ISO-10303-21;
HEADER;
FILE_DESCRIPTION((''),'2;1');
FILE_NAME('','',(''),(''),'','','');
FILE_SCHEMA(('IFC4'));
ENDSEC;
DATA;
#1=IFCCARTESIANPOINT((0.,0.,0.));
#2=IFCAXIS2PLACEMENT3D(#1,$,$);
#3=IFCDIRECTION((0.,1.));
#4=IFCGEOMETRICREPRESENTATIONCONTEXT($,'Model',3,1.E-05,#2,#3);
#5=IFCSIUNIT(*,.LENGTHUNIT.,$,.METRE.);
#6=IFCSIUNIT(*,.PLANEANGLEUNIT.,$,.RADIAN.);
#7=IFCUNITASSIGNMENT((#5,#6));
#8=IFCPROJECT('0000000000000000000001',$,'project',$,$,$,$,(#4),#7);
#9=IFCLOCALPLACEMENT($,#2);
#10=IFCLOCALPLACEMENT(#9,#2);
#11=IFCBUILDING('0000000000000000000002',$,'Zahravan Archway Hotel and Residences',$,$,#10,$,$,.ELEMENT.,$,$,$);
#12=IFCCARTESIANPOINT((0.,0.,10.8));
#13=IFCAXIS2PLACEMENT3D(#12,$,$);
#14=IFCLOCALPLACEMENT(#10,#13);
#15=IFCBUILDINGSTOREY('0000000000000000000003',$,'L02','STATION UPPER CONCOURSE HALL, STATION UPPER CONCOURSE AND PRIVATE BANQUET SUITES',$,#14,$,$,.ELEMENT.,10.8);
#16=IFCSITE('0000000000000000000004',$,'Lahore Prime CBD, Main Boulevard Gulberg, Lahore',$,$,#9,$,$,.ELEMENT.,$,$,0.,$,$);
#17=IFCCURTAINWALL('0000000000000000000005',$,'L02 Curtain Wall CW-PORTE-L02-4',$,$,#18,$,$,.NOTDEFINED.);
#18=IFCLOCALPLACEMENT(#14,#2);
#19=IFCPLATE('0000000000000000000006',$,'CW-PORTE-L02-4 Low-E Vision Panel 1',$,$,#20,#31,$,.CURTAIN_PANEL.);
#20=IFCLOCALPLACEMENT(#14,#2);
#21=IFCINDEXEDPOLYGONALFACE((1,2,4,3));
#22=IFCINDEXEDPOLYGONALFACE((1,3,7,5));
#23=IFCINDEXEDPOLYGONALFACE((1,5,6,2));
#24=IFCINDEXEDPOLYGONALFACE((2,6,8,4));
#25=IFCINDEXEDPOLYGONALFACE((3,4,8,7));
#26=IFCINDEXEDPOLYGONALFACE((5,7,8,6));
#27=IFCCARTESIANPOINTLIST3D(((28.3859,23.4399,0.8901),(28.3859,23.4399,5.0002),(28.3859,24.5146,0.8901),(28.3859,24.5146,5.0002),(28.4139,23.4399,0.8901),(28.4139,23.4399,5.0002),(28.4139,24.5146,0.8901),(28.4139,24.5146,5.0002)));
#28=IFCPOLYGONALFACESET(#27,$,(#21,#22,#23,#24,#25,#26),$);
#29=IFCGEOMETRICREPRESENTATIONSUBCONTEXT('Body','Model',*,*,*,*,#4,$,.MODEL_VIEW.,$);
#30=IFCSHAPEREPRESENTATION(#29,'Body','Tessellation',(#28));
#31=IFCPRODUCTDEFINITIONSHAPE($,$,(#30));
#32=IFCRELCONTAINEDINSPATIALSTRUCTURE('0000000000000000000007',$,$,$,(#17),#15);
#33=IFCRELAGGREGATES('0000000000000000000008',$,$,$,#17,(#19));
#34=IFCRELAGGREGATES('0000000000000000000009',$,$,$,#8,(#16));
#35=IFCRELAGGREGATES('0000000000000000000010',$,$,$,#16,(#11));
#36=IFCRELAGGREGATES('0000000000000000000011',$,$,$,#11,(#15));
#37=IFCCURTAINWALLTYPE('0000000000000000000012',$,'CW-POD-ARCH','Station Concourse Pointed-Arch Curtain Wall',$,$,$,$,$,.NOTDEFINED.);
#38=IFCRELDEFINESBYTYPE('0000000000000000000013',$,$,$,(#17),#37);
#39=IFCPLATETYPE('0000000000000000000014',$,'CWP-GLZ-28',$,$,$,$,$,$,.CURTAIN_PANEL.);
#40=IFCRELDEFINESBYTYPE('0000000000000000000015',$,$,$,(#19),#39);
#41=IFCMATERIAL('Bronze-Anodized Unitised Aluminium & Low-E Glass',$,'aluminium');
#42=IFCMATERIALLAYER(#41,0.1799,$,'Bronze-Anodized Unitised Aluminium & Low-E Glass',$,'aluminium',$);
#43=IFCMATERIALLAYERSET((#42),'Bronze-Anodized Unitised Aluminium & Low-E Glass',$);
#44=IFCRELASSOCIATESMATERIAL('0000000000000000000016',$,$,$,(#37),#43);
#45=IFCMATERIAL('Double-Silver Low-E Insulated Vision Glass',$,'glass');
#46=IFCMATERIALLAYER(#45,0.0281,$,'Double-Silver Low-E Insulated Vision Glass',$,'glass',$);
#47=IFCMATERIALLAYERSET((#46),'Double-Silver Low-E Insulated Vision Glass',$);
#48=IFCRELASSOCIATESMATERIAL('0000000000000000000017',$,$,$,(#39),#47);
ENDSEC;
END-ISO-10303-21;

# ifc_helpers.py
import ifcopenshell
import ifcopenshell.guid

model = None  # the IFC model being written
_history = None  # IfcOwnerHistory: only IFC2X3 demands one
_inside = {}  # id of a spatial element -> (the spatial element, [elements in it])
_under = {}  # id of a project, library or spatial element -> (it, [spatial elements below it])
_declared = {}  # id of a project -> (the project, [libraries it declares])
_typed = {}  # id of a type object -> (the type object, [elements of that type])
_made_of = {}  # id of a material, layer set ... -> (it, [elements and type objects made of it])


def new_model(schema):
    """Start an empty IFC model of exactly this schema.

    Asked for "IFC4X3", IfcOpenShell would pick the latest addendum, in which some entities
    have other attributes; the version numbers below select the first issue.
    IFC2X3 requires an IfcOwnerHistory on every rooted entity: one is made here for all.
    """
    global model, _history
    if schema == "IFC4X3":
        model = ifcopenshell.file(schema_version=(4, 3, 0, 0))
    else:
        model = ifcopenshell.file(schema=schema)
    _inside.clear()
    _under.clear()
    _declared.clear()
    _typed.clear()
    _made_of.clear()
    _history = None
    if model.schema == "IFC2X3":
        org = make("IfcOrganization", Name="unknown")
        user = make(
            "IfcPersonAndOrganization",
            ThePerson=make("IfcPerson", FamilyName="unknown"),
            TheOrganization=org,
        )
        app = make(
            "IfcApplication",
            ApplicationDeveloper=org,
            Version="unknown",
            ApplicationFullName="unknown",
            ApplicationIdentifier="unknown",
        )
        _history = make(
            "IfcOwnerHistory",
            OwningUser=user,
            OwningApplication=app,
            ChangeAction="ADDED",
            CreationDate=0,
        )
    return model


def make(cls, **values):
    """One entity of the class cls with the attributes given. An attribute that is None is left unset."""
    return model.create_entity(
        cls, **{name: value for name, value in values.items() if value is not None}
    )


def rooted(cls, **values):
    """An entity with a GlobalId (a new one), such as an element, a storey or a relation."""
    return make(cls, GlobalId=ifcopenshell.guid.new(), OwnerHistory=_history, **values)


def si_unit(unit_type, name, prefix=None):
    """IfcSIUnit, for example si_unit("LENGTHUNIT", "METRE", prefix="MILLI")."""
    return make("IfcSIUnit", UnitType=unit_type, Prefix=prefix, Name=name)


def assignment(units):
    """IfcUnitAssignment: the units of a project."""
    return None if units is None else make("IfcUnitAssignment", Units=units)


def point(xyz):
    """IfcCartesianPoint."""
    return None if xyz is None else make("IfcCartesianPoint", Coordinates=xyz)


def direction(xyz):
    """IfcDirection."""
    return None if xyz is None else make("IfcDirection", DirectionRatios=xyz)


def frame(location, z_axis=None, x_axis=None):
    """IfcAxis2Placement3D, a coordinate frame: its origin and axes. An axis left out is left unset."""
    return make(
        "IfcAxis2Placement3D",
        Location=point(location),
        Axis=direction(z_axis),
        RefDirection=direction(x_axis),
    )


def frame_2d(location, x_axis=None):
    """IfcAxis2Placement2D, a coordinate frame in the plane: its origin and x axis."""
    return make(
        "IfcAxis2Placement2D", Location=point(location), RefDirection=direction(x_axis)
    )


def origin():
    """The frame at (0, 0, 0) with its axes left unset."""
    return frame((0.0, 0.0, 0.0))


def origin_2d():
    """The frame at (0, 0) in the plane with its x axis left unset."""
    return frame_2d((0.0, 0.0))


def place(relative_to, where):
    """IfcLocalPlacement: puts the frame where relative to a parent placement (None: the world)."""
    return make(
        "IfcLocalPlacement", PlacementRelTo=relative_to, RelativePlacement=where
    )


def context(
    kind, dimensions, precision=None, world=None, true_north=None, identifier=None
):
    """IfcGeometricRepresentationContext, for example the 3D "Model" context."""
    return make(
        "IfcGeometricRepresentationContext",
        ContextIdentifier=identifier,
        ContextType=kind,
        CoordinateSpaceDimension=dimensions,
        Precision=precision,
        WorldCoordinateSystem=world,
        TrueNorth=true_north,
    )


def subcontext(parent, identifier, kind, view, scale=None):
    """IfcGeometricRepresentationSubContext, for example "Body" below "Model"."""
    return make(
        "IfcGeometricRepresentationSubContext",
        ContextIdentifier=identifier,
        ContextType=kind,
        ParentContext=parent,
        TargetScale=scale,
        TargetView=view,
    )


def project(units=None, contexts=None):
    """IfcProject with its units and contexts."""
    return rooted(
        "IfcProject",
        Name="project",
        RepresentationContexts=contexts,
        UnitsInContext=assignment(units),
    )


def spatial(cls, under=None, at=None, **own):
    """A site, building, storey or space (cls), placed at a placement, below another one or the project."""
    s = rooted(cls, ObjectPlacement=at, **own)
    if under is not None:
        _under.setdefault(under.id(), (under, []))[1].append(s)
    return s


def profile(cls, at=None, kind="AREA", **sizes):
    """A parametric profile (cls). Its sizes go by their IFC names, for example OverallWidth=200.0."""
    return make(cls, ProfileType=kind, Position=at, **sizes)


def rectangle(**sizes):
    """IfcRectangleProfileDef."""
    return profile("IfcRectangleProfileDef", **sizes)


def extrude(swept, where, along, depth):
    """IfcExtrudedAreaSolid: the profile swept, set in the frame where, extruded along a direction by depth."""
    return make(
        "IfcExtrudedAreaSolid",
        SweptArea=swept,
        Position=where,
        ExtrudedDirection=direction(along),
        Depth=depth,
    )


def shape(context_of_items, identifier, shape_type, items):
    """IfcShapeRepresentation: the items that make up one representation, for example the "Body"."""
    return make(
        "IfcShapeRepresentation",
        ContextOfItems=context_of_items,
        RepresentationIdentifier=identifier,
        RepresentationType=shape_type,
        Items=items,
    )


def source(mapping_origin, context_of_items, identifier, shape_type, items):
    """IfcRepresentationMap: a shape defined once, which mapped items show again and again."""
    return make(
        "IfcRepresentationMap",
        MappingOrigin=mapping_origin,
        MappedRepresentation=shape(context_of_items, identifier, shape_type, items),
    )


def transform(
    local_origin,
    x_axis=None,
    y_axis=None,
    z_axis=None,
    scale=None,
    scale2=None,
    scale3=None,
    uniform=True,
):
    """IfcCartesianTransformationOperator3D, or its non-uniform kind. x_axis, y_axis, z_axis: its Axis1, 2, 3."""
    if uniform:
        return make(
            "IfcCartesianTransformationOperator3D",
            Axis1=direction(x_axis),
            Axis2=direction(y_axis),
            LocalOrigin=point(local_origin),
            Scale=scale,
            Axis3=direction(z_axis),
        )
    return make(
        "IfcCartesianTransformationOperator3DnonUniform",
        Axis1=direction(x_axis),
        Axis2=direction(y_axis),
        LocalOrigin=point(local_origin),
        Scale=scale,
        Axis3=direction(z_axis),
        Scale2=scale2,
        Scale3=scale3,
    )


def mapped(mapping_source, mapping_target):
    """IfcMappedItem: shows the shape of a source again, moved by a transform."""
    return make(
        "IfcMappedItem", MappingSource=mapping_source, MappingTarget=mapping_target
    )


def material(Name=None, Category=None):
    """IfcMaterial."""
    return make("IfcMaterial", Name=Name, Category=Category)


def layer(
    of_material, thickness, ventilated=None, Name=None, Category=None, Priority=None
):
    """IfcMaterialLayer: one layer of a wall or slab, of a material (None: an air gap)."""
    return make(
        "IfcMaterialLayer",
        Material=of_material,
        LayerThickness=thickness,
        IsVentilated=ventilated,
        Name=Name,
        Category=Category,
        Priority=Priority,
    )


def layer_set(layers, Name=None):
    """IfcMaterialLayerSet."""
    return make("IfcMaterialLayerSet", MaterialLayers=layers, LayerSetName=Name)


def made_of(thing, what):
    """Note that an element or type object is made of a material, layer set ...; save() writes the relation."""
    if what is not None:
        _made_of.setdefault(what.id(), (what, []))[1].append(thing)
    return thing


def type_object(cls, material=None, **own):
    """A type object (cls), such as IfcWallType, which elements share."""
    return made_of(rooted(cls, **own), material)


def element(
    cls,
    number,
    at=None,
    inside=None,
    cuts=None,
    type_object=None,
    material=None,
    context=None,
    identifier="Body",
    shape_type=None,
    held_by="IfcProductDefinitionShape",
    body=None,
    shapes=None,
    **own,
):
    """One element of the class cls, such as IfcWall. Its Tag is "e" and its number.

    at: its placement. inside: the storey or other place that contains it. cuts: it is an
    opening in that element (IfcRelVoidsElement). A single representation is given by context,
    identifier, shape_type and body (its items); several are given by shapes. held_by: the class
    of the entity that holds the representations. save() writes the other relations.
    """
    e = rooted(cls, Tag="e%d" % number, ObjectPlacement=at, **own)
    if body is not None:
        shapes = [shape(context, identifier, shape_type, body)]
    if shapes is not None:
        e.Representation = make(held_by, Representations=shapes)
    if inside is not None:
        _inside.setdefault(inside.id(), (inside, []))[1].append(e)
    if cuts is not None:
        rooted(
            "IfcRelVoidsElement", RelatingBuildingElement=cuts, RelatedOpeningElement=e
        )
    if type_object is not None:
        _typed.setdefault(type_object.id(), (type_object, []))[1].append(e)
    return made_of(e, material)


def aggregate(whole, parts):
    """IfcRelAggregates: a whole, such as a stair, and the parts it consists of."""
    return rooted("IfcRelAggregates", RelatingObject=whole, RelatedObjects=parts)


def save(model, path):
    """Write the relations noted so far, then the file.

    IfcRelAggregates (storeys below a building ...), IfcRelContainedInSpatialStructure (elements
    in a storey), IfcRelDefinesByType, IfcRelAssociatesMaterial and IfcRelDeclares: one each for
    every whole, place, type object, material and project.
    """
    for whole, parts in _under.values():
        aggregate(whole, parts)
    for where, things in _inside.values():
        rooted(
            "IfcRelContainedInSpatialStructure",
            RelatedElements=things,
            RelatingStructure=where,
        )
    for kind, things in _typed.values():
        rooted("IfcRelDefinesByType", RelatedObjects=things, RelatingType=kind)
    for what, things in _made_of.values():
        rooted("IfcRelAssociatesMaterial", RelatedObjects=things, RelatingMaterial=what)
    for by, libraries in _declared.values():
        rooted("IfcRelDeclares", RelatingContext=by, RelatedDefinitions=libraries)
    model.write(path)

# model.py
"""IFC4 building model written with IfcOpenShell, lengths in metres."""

from ifc_helpers import new_model, si_unit, direction, frame, origin, origin_2d, place, context, subcontext, project, spatial, rectangle, extrude, source, transform, mapped, material, layer, layer_set, type_object, element, aggregate, save


model = new_model("IFC4")

# Units and contexts
model_context = context("Model", 3, precision=1e-05, world=origin(), true_north=direction((0.0, 1.0)))
body_context = subcontext(model_context, "Body", "Model", "MODEL_VIEW")
ifc_project = project(units=[si_unit("LENGTHUNIT", "METRE"), si_unit("PLANEANGLEUNIT", "RADIAN")], contexts=[model_context])

# Site, building, storey
site_placement = place(None, origin())
site = spatial("IfcSite", under=ifc_project, at=site_placement, Name="Lahore Prime CBD, Main Boulevard Gulberg, Lahore", CompositionType="ELEMENT", RefElevation=0.0)
building_placement = place(site_placement, origin())
building = spatial("IfcBuilding", under=site, at=building_placement, Name="Zahravan Archway Hotel and Residences", CompositionType="ELEMENT")
storey_placement = place(building_placement, frame((0.0, 0.0, 10.8)))
storey = spatial("IfcBuildingStorey", under=building, at=storey_placement, Name="L02", Description="STATION UPPER CONCOURSE HALL, STATION UPPER CONCOURSE AND PRIVATE BANQUET SUITES", CompositionType="ELEMENT", Elevation=10.8)

# Curtain wall
ifc_material_1 = material(Name="Bronze-Anodized Unitised Aluminium & Low-E Glass", Category="aluminium")
ifc_layer_1 = layer(ifc_material_1, 0.1799, Name="Bronze-Anodized Unitised Aluminium & Low-E Glass", Category="aluminium")
ifc_layer_set_1 = layer_set([ifc_layer_1], Name="Bronze-Anodized Unitised Aluminium & Low-E Glass")
curtain_wall_type = type_object("IfcCurtainWallType", Name="CW-POD-ARCH", Description="Station Concourse Pointed-Arch Curtain Wall", PredefinedType="NOTDEFINED", material=ifc_layer_set_1)
curtain_wall_1_placement = place(storey_placement, origin())
curtain_wall_1 = element("IfcCurtainWall", 1, at=curtain_wall_1_placement, inside=storey, type_object=curtain_wall_type, Name="L02 Curtain Wall CW-PORTE-L02-4", PredefinedType="NOTDEFINED")

# Plate
ifc_material_2 = material(Name="Double-Silver Low-E Insulated Vision Glass", Category="glass")
ifc_layer_2 = layer(ifc_material_2, 0.0281, Name="Double-Silver Low-E Insulated Vision Glass", Category="glass")
ifc_layer_set_2 = layer_set([ifc_layer_2], Name="Double-Silver Low-E Insulated Vision Glass")
plate_type_1 = type_object("IfcPlateType", Name="CWP-GLZ-28", PredefinedType="CURTAIN_PANEL", material=ifc_layer_set_2)
shared_shape_1 = source(origin(), body_context, "Body", "SweptSolid", [
    extrude(rectangle(XDim=1.0747, YDim=0.0281, at=origin_2d()), origin(), (0.0, 0.0, 1.0), 4.1101),
])
plate_1_placement = place(storey_placement, frame((28.3999, 23.9773, 0.8901), z_axis=(0.0, 0.0, 1.0), x_axis=(0.0, 1.0, 0.0)))
plate_1 = element("IfcPlate", 2, at=plate_1_placement, type_object=plate_type_1, Name="CW-PORTE-L02-4 Low-E Vision Panel 1", PredefinedType="CURTAIN_PANEL", context=body_context, shape_type="MappedRepresentation", body=[
    mapped(shared_shape_1, transform((0.0, 0.0, 0.0), scale=1.0)),
])
aggregate(curtain_wall_1, [plate_1])

save(model, "model.ifc")
